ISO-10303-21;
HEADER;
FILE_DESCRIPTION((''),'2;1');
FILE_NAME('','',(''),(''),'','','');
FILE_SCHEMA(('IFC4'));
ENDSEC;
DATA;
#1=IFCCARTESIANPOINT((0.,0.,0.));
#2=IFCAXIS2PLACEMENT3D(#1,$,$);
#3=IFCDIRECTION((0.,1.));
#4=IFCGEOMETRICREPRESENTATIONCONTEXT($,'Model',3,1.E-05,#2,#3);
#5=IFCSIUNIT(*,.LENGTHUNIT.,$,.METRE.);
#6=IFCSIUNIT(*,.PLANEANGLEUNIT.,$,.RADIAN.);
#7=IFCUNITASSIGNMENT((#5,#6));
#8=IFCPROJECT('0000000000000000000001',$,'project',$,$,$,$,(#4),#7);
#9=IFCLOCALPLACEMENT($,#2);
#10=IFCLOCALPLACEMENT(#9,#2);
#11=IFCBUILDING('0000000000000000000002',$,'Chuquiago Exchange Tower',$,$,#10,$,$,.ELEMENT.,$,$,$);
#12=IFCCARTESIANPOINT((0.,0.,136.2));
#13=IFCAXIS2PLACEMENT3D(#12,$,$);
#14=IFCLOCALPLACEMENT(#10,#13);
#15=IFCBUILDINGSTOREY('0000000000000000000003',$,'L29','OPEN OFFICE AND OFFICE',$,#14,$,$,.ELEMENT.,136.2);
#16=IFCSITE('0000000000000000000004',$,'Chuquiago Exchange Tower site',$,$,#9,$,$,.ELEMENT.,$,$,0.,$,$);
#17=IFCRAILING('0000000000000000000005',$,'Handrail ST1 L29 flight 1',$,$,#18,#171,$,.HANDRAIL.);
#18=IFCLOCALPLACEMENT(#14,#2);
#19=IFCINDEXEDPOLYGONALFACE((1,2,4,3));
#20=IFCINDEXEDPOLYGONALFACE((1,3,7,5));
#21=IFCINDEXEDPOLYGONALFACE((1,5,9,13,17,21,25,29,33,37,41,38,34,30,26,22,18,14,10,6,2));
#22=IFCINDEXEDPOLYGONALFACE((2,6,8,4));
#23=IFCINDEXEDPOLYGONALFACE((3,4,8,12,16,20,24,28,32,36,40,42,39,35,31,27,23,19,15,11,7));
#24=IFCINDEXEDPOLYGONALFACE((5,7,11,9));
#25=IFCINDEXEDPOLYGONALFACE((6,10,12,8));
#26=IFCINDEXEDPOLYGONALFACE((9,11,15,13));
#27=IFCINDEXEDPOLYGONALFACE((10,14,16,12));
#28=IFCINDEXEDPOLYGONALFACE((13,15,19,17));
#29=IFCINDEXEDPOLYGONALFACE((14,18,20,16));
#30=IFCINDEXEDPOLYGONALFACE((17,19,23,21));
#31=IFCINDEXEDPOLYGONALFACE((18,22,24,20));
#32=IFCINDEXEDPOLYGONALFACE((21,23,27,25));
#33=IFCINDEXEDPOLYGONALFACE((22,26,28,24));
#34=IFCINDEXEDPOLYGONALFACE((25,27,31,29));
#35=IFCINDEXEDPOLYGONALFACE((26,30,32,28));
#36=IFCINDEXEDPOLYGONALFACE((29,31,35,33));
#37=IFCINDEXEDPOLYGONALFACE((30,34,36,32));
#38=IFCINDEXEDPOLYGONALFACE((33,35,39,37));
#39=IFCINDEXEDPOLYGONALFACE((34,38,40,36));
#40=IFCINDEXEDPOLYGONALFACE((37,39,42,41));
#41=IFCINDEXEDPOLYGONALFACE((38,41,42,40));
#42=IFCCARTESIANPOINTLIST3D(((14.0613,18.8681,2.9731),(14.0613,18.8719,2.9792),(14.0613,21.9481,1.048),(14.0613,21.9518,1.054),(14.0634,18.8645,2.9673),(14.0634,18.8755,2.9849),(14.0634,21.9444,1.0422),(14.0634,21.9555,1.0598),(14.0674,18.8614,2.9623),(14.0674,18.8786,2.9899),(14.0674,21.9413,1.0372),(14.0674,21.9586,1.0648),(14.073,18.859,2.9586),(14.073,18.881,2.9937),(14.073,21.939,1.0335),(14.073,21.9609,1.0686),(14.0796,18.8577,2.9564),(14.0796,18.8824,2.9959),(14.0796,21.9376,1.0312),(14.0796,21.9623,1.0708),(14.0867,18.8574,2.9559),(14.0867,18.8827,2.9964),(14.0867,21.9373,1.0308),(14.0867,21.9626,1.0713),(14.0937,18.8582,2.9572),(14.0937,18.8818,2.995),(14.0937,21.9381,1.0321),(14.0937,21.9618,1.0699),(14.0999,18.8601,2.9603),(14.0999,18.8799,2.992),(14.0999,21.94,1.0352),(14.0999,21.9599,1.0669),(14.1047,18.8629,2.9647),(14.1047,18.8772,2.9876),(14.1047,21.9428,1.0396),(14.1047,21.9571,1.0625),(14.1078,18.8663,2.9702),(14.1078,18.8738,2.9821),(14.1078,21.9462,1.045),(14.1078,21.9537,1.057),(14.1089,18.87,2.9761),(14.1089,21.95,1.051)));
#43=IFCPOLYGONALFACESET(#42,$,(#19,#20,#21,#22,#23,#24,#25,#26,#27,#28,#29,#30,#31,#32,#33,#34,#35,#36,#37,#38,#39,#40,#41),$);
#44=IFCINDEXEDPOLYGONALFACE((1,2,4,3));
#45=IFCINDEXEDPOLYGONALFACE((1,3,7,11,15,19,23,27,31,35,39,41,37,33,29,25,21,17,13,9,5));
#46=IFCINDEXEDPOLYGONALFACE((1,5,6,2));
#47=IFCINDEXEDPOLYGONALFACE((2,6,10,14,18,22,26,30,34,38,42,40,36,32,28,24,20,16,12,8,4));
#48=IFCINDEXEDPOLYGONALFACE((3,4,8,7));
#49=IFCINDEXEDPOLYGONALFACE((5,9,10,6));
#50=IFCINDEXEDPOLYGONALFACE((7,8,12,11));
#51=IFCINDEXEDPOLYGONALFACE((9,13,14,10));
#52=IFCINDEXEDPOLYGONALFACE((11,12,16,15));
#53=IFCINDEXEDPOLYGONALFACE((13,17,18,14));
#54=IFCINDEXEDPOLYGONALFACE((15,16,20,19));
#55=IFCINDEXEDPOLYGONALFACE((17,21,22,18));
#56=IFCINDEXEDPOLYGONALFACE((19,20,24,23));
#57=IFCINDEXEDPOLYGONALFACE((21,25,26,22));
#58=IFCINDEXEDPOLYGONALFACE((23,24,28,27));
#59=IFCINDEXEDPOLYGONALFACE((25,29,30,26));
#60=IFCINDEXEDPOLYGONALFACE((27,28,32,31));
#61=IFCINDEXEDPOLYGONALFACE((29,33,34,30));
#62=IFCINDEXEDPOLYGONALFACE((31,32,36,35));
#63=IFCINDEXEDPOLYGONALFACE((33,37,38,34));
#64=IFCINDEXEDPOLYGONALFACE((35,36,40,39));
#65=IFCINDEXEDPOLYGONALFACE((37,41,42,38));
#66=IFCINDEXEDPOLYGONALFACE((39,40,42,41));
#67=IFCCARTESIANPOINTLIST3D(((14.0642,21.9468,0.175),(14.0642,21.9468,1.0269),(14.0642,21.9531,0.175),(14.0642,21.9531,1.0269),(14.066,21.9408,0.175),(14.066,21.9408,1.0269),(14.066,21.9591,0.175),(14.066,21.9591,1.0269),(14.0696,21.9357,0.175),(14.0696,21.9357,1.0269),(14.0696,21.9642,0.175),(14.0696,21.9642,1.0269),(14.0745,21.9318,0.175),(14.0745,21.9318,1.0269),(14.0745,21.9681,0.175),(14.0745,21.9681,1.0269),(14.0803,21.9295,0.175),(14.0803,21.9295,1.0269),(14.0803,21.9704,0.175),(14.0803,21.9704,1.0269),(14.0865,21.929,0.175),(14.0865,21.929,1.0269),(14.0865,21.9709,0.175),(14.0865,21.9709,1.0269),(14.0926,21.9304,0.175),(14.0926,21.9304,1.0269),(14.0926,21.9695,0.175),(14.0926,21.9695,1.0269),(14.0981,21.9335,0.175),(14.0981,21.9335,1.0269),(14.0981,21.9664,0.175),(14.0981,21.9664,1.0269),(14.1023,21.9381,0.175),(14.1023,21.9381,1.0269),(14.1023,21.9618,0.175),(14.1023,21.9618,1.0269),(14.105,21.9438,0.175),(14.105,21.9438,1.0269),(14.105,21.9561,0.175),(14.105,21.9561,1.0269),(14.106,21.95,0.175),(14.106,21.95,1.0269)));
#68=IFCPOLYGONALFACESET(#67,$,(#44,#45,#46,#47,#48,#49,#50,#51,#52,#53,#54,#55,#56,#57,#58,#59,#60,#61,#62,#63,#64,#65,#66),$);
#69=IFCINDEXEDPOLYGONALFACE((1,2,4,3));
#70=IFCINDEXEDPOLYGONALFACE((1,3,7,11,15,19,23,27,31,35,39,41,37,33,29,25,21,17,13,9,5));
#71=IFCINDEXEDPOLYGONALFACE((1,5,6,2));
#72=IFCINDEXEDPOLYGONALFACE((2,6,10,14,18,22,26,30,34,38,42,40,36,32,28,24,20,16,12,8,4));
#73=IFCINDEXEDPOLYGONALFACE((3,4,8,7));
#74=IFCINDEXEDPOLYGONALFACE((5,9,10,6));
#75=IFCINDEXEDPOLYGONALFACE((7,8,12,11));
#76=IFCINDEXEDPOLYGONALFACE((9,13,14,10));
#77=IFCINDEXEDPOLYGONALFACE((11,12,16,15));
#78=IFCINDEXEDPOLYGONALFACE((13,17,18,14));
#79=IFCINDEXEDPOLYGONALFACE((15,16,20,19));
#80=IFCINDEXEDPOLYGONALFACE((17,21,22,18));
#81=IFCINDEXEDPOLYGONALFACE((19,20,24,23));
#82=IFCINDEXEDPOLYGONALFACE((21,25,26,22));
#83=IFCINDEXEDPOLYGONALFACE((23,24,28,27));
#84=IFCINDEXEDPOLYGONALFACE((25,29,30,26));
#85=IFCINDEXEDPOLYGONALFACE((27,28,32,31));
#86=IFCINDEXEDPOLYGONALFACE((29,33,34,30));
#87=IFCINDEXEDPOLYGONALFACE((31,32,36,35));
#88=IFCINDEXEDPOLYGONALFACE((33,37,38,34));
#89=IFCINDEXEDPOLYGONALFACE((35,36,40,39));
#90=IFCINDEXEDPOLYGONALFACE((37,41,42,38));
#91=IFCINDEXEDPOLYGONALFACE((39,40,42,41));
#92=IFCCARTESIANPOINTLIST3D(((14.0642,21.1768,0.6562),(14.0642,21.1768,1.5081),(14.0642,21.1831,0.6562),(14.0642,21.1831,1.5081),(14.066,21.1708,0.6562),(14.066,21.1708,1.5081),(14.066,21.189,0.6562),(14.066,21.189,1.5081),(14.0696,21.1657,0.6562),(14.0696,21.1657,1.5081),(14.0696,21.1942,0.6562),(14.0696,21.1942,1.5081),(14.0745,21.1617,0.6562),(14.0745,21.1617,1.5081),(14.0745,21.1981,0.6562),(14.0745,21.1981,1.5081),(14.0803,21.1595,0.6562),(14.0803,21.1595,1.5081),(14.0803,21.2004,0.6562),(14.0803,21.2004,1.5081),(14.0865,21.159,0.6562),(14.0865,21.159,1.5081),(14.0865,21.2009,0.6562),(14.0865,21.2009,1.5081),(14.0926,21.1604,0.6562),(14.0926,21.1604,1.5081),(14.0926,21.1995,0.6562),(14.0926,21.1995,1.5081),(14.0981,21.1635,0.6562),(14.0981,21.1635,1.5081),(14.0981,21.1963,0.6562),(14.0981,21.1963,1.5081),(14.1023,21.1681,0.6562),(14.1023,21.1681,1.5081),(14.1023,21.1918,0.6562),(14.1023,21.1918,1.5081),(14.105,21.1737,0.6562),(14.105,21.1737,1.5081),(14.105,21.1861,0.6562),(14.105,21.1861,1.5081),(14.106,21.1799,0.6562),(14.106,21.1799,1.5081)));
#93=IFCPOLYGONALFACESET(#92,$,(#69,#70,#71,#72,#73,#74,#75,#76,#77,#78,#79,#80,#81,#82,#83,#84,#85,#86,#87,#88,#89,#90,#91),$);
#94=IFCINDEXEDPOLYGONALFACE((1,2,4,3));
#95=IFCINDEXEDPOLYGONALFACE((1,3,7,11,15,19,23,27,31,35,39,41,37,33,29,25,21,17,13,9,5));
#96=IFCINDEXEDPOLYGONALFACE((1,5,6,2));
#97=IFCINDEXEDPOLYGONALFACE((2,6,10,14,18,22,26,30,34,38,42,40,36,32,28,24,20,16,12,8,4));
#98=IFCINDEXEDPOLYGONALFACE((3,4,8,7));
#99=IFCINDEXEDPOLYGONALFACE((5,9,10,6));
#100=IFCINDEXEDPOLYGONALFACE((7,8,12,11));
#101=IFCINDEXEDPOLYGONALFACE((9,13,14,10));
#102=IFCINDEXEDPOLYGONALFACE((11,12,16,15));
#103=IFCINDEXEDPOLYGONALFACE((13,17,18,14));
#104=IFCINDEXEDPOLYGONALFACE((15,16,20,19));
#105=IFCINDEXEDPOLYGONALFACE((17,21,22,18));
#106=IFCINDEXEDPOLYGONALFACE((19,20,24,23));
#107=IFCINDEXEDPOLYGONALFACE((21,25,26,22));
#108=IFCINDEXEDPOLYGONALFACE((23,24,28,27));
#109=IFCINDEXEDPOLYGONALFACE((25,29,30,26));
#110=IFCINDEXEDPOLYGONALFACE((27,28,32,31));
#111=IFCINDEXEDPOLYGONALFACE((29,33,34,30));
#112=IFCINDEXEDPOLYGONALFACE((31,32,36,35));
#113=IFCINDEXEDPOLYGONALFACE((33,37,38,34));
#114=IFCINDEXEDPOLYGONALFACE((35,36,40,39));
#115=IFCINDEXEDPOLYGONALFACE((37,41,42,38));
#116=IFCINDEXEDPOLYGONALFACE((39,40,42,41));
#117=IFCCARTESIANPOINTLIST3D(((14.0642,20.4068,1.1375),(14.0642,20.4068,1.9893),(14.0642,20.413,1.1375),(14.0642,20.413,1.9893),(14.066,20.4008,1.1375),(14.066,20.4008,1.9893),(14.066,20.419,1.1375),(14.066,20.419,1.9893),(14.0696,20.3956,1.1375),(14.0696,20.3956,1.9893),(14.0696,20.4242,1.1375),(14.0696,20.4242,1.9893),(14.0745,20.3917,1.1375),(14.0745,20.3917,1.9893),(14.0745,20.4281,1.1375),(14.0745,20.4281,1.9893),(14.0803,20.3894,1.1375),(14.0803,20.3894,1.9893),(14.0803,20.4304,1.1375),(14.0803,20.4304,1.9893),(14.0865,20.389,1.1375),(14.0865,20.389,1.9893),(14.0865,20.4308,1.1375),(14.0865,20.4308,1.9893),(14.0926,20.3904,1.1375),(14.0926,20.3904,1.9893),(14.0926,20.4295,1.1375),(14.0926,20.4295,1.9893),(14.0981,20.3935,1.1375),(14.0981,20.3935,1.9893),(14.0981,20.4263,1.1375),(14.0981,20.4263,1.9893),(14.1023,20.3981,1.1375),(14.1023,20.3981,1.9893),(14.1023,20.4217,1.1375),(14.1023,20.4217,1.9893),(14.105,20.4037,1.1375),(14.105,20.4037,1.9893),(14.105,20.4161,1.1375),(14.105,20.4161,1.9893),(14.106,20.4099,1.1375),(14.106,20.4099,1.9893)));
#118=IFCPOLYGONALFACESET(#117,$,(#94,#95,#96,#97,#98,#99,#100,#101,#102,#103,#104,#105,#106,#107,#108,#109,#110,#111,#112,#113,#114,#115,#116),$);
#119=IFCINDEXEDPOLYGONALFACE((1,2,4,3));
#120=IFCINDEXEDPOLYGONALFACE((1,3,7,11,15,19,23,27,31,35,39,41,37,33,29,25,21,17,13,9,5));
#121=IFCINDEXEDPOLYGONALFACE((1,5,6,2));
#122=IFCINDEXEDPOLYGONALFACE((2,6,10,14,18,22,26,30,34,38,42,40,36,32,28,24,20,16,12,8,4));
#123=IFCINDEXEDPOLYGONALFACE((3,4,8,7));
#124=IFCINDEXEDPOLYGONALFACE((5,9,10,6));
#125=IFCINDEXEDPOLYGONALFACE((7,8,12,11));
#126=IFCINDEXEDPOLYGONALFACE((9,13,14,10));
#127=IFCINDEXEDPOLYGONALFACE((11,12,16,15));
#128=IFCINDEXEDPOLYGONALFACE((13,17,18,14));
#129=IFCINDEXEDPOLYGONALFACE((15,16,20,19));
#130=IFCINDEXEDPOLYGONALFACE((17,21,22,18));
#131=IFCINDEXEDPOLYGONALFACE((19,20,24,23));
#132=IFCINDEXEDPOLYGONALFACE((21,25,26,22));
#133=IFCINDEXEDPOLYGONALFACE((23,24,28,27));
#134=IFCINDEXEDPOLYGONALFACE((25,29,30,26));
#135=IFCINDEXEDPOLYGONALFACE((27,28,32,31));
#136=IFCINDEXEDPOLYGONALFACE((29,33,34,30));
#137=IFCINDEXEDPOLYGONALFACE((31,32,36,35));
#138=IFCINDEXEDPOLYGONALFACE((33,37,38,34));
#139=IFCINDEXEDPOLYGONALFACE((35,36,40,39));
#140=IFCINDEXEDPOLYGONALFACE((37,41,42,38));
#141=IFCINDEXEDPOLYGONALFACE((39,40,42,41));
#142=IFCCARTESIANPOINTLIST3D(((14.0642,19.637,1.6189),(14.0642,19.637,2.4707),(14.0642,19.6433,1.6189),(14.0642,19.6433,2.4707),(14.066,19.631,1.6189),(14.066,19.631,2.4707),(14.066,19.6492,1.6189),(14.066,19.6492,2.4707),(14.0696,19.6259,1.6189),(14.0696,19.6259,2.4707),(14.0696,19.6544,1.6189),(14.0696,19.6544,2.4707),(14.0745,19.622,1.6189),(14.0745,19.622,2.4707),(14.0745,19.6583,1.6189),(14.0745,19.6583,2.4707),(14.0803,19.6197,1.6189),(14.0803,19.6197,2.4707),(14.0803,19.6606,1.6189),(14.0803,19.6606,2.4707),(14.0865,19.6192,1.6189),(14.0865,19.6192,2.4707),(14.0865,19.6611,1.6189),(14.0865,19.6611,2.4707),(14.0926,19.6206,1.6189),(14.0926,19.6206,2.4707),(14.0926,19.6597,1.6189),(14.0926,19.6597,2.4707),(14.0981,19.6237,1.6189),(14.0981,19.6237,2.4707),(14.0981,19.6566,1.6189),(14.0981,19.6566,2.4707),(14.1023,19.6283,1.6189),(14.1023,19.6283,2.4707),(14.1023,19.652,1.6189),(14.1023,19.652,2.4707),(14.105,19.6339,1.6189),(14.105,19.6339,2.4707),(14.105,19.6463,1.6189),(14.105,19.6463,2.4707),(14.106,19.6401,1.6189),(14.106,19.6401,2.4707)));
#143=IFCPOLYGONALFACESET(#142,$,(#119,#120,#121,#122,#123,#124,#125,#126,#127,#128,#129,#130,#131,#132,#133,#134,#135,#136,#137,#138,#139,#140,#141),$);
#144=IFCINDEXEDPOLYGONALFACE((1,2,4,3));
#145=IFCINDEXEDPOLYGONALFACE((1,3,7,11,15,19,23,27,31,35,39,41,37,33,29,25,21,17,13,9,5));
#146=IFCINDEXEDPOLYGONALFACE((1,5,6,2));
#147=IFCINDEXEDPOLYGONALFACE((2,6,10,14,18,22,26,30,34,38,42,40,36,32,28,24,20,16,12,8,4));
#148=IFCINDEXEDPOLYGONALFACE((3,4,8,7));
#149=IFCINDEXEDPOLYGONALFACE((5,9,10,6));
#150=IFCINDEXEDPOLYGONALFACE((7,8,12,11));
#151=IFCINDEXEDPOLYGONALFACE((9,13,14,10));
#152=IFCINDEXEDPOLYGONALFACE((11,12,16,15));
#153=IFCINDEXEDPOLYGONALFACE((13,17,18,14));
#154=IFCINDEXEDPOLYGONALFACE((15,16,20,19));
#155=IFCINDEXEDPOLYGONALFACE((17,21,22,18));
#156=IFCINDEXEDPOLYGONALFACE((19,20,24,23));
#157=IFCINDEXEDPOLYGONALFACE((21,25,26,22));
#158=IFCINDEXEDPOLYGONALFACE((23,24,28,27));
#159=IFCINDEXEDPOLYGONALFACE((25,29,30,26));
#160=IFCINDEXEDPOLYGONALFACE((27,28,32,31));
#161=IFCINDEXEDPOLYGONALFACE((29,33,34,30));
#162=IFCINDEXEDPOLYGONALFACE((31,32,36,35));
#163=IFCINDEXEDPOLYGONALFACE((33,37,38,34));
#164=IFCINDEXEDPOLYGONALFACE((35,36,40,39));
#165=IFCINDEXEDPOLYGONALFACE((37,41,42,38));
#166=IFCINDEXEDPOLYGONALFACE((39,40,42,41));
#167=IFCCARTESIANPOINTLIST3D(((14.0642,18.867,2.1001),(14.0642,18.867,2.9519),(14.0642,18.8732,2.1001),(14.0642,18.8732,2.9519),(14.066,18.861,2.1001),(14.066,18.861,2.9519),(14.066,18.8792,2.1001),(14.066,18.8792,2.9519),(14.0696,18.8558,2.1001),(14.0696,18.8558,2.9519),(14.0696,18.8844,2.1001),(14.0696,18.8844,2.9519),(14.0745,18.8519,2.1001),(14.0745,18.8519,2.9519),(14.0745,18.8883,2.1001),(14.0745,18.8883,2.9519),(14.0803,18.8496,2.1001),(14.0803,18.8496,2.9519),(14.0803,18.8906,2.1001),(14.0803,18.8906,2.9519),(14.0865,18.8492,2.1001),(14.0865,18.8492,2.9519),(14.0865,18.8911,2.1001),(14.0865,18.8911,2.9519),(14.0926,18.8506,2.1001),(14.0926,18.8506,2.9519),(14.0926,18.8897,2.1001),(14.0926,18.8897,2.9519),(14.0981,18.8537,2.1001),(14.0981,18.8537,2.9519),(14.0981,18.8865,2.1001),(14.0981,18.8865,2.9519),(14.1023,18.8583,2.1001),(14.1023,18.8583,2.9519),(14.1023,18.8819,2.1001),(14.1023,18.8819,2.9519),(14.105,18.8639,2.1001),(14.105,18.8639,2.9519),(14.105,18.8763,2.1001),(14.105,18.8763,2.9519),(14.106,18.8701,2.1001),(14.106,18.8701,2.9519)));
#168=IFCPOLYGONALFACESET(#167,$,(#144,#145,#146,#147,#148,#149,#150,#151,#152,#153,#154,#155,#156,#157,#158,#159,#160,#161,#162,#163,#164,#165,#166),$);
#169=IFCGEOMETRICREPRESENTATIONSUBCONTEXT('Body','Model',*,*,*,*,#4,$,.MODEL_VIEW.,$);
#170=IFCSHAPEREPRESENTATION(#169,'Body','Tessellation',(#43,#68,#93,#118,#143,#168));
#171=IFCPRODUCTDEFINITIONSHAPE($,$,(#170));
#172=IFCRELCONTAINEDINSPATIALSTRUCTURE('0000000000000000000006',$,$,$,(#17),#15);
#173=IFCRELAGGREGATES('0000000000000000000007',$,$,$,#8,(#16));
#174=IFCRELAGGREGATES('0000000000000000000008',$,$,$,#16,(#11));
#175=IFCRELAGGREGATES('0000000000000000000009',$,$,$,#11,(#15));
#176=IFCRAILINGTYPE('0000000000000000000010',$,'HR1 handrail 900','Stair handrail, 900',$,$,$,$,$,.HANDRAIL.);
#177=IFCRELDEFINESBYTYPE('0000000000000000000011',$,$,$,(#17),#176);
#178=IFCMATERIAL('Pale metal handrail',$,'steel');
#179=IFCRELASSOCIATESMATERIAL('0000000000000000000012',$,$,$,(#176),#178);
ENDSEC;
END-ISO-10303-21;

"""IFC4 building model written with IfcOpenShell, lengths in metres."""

from ifc_helpers import new_model, si_unit, direction, frame, origin, origin_2d, place, context, subcontext, project, spatial, circle, extrude, material, type_object, element, save


model = new_model("IFC4")

# Units and contexts
model_context = context("Model", 3, precision=1e-05, world=origin(), true_north=direction((0.0, 1.0)))
body_context = subcontext(model_context, "Body", "Model", "MODEL_VIEW")
ifc_project = project(units=[si_unit("LENGTHUNIT", "METRE"), si_unit("PLANEANGLEUNIT", "RADIAN")], contexts=[model_context])

# Site, building, storey
site_placement = place(None, origin())
site = spatial("IfcSite", under=ifc_project, at=site_placement, Name="Chuquiago Exchange Tower site", CompositionType="ELEMENT", RefElevation=0.0)
building_placement = place(site_placement, origin())
building = spatial("IfcBuilding", under=site, at=building_placement, Name="Chuquiago Exchange Tower", CompositionType="ELEMENT")
storey_placement = place(building_placement, frame((0.0, 0.0, 136.2)))
storey = spatial("IfcBuildingStorey", under=building, at=storey_placement, Name="L29", Description="OPEN OFFICE AND OFFICE", CompositionType="ELEMENT", Elevation=136.2)

# Railing
ifc_material_1 = material(Name="Pale metal handrail", Category="steel")
railing_type_1 = type_object("IfcRailingType", Name="HR1 handrail 900", Description="Stair handrail, 900", PredefinedType="HANDRAIL", material=ifc_material_1)
for number, where, name in (
    (1, (14.085, 21.95, 0.175), "Handrail ST1 L29 flight 1"),
):
    element("IfcRailing", number, at=place(storey_placement, frame(where)), inside=storey, type_object=railing_type_1, Name=name, PredefinedType="HANDRAIL", context=body_context, shape_type="SweptSolid", body=[
        extrude(circle(Radius=0.0239, at=origin_2d()), frame((0.0, 0.0, 0.876), z_axis=(0.0, -0.847979, 0.530029), x_axis=(1.0, 0.0, 0.0)), (0.0, 0.0, 1.0), 3.6321),
        extrude(circle(Radius=0.021, at=origin_2d()), origin(), (0.0, 0.0, 1.0), 0.8518),
        extrude(circle(Radius=0.021, at=origin_2d()), frame((0.0, -0.77, 0.4812)), (0.0, 0.0, 1.0), 0.8518),
        extrude(circle(Radius=0.021, at=origin_2d()), frame((0.0, -1.54, 0.9624)), (0.0, 0.0, 1.0), 0.8518),
        extrude(circle(Radius=0.021, at=origin_2d()), frame((0.0, -2.3098, 1.4438)), (0.0, 0.0, 1.0), 0.8518),
        extrude(circle(Radius=0.021, at=origin_2d()), frame((0.0, -3.0798, 1.925)), (0.0, 0.0, 1.0), 0.8518),
    ])

save(model, "model.ifc")
